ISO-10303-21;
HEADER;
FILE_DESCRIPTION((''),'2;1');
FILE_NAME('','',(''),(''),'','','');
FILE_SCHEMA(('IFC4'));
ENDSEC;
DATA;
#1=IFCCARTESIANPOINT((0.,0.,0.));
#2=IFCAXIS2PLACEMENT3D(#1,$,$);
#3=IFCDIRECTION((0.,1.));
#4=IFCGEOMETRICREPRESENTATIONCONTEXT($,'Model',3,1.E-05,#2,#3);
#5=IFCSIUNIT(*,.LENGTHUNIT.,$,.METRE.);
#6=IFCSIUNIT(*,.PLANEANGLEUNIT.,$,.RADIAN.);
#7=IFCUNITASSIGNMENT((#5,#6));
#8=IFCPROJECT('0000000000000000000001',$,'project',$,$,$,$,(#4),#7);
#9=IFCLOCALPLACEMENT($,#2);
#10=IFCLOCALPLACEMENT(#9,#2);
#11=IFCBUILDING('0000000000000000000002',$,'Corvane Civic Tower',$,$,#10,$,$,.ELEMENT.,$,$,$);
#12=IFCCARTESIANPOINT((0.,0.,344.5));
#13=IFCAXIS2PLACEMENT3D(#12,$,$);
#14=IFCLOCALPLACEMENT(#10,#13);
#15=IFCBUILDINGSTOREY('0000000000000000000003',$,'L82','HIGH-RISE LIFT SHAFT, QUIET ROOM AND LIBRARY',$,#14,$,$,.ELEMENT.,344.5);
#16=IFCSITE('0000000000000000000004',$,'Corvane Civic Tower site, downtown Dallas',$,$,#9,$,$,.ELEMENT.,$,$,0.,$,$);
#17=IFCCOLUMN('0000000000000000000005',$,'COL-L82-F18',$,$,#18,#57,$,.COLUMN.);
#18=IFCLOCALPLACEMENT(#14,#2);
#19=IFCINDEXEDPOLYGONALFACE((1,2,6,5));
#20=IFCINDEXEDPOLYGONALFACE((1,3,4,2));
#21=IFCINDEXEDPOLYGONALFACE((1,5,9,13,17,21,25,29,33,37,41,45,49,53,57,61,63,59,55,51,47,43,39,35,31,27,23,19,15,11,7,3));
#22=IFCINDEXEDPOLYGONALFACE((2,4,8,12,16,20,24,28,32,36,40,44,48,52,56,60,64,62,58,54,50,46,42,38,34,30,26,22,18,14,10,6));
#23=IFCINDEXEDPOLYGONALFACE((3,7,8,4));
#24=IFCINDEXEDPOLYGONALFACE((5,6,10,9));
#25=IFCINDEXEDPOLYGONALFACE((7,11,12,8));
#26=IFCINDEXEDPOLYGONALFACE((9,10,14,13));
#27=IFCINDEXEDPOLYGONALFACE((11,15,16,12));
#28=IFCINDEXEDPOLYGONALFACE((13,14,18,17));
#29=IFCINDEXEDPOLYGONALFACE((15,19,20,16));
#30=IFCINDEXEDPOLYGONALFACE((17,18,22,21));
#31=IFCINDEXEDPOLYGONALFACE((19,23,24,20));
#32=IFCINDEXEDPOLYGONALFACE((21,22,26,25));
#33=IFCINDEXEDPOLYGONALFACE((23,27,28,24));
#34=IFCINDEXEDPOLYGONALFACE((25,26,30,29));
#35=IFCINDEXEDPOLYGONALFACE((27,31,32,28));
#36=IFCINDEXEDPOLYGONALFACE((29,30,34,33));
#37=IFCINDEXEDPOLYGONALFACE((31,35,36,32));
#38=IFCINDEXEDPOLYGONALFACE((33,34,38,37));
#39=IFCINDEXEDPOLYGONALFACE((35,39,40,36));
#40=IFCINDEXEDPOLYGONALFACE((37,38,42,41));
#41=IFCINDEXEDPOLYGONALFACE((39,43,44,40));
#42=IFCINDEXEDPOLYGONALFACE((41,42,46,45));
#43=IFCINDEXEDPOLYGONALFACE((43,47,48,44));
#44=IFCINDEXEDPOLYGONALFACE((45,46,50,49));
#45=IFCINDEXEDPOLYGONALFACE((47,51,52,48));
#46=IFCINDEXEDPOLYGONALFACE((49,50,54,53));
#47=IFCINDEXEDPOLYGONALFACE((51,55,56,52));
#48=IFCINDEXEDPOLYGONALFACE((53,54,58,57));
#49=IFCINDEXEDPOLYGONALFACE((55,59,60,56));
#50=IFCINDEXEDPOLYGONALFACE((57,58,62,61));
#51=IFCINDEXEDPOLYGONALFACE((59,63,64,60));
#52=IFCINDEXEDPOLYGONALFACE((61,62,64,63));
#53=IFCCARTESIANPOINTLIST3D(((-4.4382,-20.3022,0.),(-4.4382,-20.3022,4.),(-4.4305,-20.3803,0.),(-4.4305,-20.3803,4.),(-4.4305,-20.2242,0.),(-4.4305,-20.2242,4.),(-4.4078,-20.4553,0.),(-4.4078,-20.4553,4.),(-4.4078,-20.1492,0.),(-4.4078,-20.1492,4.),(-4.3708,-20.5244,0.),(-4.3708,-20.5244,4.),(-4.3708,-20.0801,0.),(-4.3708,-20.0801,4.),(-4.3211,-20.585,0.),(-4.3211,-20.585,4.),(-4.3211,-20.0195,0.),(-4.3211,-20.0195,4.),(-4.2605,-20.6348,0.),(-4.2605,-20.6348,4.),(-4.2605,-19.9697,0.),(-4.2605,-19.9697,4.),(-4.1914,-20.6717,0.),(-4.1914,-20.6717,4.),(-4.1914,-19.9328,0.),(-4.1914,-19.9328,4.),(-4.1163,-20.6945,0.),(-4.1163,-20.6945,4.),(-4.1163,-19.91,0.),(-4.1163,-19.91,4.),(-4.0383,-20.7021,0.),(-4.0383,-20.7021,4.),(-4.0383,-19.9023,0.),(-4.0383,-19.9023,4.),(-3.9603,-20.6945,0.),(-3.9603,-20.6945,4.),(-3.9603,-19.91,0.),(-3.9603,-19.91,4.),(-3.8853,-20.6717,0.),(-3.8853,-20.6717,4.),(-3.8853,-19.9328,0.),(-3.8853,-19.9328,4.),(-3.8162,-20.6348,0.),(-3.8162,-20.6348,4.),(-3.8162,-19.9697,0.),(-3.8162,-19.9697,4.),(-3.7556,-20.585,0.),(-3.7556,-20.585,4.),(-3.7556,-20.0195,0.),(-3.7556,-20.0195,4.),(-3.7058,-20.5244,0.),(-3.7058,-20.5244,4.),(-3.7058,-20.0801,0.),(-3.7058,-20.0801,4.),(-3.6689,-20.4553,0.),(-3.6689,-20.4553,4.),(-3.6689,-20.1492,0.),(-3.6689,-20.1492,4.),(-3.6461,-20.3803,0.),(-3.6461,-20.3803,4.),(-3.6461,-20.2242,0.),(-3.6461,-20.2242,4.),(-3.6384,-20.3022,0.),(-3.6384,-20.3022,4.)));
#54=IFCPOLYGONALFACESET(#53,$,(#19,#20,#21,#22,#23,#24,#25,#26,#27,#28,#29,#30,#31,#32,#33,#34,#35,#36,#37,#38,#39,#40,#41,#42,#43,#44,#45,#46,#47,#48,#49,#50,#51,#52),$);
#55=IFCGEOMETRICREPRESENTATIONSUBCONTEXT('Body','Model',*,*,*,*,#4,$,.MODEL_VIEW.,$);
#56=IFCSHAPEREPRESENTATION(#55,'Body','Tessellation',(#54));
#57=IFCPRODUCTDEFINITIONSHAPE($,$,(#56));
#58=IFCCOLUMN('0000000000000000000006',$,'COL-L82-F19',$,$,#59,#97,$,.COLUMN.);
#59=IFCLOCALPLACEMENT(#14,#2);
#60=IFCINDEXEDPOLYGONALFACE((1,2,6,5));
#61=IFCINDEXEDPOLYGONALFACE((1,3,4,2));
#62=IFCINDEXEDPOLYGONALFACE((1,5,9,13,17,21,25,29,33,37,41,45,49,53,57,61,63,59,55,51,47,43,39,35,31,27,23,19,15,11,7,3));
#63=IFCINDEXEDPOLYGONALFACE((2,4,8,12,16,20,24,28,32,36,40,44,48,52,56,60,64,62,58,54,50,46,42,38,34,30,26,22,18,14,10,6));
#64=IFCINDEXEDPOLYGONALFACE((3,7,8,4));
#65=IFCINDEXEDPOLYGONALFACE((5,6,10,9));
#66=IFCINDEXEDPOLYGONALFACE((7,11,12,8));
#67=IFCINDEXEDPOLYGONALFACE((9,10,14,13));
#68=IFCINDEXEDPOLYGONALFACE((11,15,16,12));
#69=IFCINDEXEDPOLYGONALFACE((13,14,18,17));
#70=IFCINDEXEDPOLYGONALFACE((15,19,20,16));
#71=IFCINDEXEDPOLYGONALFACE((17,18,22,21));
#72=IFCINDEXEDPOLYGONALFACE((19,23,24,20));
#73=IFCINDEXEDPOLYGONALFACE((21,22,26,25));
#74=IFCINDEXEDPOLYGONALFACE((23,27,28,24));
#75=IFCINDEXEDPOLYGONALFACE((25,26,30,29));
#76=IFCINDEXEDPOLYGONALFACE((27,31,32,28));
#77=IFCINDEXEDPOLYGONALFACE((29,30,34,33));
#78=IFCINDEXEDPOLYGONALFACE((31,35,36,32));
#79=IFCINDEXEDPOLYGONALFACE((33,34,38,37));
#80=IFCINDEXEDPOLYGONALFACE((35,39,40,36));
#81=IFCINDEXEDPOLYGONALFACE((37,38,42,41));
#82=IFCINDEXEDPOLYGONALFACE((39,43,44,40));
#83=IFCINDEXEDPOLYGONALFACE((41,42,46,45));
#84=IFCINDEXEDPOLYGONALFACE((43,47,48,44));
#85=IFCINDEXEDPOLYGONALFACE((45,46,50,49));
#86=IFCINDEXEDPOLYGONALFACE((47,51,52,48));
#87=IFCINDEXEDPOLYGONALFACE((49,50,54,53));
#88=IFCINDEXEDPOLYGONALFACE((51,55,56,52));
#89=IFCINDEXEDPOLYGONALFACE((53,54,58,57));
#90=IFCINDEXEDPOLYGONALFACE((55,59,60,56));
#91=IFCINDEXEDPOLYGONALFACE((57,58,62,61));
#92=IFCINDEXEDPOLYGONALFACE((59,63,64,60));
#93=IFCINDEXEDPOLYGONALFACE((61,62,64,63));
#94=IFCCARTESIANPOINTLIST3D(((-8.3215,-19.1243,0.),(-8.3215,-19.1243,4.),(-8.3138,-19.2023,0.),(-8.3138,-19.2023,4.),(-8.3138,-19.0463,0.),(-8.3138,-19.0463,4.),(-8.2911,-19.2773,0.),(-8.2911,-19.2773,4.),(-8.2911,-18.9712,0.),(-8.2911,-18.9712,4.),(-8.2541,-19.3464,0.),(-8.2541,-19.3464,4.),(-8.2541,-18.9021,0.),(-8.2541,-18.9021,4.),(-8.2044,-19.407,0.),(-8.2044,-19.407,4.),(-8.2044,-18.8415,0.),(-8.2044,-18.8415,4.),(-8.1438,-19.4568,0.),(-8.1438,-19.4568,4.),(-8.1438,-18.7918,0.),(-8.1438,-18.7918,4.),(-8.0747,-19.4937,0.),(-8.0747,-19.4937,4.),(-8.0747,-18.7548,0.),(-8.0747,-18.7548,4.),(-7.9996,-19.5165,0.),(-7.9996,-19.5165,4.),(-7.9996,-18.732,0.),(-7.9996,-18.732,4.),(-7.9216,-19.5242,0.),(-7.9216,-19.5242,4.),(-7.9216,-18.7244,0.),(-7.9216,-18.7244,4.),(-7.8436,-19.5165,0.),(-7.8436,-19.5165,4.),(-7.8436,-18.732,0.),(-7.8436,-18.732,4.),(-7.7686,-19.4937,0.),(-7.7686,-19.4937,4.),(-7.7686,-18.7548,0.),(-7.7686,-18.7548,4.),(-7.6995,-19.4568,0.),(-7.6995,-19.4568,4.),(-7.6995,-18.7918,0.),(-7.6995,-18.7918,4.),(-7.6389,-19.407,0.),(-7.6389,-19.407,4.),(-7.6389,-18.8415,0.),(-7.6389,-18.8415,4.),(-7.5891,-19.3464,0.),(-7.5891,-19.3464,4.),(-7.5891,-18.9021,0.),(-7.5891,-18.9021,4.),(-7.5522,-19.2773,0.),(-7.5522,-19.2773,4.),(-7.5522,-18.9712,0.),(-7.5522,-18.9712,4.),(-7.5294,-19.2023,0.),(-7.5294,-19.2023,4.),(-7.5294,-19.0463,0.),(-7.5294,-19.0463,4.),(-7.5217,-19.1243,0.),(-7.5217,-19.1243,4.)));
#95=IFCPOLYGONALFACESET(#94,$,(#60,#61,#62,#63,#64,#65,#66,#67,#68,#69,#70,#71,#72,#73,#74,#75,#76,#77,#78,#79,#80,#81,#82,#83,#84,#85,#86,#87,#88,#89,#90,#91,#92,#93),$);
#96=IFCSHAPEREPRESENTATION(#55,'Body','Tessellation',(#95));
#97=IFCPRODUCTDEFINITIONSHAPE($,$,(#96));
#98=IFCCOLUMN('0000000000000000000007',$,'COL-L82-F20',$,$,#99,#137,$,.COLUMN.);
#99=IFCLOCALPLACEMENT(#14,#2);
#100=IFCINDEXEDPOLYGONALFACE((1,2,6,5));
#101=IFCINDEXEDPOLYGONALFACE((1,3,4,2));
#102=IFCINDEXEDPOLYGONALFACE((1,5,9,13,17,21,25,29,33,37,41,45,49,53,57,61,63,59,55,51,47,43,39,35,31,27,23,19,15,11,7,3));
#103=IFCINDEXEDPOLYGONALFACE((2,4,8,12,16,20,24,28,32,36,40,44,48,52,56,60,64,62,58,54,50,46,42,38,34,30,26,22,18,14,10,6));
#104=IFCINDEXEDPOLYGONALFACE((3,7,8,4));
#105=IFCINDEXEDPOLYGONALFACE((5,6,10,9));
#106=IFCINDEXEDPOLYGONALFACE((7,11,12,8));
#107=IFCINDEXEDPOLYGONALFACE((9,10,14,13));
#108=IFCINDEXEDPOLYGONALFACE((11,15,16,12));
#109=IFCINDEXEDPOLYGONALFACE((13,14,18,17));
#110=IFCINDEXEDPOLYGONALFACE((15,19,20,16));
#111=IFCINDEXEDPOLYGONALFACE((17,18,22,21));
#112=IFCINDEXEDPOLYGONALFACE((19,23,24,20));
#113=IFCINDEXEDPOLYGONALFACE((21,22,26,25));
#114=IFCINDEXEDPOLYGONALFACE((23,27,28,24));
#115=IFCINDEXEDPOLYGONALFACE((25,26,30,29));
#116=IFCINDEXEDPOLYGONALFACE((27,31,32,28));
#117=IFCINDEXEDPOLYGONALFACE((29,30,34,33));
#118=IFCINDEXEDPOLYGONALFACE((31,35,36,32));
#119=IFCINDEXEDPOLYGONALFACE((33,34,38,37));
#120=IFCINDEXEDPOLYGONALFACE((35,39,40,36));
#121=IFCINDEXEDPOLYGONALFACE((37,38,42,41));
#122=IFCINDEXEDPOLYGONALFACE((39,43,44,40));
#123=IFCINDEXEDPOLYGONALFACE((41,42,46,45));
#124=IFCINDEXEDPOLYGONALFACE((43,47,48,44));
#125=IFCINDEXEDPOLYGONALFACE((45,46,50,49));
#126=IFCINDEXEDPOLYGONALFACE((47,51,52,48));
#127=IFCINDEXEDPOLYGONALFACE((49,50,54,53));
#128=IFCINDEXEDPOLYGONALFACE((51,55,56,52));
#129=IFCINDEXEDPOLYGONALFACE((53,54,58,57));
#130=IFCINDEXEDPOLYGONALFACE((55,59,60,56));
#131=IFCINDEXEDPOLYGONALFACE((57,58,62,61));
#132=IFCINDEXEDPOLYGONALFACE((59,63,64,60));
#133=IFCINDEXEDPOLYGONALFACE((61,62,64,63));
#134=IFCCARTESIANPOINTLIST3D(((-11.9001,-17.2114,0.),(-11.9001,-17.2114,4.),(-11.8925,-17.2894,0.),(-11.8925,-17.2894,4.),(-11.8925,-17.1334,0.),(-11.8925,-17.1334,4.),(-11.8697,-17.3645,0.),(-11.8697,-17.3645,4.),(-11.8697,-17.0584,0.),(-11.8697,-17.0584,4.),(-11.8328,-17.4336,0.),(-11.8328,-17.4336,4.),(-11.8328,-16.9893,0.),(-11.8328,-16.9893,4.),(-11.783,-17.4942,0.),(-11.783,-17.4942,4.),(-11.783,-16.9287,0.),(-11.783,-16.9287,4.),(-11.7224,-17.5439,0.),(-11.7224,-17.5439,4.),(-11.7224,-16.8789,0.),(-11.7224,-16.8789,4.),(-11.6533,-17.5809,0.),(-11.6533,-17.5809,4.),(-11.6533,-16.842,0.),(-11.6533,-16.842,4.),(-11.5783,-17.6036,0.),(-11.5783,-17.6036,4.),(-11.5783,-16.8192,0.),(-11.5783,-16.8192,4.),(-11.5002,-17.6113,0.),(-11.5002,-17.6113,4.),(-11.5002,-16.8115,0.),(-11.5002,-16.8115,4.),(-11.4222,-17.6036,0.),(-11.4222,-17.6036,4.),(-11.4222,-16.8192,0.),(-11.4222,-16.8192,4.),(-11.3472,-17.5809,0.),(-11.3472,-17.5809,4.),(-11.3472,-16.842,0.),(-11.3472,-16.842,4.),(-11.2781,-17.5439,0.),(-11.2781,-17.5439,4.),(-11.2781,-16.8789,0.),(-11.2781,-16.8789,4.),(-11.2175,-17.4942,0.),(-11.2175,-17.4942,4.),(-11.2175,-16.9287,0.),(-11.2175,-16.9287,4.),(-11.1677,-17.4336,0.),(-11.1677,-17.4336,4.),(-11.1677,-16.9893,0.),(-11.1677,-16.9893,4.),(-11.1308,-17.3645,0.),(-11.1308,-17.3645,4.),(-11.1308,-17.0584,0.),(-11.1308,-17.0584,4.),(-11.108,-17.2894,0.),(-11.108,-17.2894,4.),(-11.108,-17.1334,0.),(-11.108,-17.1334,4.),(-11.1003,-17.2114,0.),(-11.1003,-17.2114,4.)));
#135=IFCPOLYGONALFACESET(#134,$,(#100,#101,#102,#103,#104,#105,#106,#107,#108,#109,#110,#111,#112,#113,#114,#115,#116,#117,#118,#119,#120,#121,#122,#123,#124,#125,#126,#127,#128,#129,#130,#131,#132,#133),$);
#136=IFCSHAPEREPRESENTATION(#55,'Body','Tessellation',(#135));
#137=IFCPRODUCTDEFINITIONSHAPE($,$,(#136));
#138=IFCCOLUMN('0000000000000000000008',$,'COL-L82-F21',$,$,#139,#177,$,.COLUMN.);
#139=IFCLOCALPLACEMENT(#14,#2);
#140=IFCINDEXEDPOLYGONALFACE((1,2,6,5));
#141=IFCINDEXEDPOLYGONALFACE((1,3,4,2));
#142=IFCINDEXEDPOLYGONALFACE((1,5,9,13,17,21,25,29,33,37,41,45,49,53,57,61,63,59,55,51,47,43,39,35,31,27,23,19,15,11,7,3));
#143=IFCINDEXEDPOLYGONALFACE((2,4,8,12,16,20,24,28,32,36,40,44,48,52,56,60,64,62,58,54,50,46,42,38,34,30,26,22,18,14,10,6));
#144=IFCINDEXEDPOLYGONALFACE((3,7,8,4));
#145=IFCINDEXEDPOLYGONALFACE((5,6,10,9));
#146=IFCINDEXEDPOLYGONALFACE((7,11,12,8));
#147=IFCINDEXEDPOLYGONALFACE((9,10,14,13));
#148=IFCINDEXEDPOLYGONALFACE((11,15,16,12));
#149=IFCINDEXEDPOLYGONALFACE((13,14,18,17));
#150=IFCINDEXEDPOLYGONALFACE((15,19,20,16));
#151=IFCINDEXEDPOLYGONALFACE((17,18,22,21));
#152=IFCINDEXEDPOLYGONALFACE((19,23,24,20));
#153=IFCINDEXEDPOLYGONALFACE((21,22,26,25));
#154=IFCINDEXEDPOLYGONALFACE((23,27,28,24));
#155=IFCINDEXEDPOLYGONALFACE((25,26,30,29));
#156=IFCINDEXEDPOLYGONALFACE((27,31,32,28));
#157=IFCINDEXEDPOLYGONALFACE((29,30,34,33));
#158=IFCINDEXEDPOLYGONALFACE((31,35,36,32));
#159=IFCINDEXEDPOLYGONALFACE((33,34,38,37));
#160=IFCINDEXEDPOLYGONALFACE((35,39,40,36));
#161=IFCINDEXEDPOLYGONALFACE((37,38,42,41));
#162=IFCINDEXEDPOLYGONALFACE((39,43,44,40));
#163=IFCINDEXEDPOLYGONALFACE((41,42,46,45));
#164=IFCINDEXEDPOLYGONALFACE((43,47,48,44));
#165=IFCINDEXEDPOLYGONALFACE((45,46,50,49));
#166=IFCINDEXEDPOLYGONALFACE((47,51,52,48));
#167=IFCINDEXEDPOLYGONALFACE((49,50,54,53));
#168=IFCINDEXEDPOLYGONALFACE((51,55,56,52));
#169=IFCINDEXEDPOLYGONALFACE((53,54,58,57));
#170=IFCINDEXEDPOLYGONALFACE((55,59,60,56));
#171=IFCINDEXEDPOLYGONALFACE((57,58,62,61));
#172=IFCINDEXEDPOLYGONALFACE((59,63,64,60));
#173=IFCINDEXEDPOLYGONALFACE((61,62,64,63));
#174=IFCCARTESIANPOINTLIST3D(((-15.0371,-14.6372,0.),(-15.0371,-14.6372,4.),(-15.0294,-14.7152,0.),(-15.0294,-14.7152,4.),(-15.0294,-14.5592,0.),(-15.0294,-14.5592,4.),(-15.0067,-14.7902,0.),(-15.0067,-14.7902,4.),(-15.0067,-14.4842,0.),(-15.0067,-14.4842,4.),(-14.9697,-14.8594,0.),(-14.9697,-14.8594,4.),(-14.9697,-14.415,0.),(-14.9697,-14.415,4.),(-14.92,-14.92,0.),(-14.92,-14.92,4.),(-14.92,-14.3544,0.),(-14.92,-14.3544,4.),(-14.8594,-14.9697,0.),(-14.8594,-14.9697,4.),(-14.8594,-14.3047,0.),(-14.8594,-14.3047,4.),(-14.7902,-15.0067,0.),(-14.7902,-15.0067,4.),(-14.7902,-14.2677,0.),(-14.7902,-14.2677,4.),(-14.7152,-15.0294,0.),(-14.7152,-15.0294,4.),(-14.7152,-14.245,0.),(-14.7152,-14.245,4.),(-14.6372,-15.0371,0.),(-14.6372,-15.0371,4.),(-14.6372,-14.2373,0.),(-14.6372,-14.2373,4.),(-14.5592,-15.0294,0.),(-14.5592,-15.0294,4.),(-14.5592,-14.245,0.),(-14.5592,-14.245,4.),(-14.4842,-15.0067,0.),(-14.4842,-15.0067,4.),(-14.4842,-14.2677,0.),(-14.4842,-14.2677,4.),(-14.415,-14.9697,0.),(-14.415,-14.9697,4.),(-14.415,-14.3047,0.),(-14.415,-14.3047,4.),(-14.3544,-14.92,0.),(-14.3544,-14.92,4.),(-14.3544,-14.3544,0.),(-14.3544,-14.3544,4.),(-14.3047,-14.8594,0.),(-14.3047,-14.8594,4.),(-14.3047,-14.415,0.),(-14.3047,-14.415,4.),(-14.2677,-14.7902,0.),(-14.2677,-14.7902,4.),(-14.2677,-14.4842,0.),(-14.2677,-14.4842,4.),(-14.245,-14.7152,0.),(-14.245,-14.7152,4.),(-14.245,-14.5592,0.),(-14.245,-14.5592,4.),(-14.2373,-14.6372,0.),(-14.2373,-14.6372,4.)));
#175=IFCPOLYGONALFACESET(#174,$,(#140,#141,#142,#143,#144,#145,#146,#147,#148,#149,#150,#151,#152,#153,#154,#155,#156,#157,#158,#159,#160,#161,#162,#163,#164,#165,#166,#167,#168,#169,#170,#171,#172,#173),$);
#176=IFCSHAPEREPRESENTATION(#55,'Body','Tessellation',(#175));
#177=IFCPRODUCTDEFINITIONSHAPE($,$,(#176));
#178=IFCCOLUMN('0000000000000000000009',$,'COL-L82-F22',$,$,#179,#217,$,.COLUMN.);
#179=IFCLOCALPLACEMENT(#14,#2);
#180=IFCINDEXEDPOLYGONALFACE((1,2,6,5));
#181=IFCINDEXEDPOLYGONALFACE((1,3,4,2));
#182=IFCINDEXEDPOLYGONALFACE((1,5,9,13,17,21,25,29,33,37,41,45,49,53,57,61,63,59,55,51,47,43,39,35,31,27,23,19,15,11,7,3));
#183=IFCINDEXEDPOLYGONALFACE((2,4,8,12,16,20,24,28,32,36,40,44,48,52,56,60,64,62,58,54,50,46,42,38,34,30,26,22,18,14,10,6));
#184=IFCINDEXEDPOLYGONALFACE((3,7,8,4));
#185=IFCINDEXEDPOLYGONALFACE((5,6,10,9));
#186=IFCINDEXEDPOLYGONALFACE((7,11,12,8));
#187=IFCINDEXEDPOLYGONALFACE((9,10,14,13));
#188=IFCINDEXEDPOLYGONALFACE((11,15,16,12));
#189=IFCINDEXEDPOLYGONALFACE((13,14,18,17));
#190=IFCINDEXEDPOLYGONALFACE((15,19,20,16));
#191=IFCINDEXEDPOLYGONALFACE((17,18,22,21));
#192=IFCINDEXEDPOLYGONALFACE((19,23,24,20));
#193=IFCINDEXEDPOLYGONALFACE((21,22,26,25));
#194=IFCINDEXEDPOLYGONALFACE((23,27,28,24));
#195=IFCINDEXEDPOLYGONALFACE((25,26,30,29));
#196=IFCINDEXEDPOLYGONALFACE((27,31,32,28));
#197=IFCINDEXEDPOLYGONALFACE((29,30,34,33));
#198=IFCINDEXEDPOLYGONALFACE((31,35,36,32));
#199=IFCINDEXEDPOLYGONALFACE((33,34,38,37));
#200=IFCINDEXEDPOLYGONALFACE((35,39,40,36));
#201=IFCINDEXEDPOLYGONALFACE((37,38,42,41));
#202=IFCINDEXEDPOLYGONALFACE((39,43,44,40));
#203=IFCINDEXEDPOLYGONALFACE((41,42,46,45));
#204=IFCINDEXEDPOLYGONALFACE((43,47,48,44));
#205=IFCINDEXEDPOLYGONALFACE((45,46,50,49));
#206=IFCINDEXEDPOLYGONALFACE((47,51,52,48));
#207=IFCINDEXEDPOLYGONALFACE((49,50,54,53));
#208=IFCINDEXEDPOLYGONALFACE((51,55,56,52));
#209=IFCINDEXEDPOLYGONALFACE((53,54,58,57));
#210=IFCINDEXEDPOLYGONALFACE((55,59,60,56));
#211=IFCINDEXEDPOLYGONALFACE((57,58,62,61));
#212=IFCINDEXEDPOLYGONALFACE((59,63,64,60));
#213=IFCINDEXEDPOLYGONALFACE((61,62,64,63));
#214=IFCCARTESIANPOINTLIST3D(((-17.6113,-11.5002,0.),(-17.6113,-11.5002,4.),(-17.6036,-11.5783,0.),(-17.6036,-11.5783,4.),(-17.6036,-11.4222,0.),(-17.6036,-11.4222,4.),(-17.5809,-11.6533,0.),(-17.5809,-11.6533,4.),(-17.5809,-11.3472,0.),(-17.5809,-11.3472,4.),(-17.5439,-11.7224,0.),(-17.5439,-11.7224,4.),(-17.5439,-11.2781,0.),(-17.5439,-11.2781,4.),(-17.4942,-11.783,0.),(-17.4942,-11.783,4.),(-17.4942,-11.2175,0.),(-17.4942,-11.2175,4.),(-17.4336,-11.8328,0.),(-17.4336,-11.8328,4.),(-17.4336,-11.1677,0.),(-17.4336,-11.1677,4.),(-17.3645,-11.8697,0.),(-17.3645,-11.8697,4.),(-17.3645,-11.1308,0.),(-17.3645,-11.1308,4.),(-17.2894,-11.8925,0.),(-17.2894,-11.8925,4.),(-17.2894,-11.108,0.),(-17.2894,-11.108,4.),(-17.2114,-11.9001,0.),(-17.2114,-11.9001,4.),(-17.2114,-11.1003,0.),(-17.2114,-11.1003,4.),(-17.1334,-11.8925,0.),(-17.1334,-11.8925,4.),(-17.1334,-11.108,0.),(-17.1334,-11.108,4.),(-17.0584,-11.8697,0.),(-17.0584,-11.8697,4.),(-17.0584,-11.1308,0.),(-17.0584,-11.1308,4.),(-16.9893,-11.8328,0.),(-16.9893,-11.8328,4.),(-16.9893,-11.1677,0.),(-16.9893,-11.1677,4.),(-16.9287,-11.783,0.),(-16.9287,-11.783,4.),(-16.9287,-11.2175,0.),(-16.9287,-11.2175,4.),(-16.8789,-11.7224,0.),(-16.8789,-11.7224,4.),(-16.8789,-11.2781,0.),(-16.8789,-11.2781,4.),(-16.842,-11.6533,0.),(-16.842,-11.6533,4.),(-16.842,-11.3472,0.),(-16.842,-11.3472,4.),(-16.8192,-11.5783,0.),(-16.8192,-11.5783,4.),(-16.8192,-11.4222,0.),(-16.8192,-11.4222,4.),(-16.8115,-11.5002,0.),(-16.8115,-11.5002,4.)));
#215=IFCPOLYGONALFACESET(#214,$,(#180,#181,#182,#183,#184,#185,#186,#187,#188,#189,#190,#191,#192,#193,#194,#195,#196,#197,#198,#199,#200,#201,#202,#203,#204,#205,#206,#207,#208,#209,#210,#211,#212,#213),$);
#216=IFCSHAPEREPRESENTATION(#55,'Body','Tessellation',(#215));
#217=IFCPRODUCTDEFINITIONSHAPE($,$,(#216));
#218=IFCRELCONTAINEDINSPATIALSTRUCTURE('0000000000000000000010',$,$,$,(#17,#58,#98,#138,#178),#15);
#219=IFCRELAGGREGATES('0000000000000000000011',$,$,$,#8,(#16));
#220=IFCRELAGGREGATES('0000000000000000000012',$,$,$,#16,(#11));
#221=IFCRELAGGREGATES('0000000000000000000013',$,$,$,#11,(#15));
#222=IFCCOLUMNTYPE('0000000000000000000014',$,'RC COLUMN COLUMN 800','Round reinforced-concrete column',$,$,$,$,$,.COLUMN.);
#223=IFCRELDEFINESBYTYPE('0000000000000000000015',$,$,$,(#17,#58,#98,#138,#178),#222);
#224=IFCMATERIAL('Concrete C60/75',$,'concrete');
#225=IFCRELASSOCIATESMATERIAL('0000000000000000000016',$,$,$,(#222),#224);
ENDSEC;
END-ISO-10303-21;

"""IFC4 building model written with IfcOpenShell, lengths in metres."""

from ifc_helpers import new_model, si_unit, direction, frame, origin, origin_2d, place, context, subcontext, project, spatial, circle, extrude, material, material_profile, profile_set, type_object, element, save


model = new_model("IFC4")

# Units and contexts
model_context = context("Model", 3, precision=1e-05, world=origin(), true_north=direction((0.0, 1.0)))
body_context = subcontext(model_context, "Body", "Model", "MODEL_VIEW")
ifc_project = project(units=[si_unit("LENGTHUNIT", "METRE"), si_unit("PLANEANGLEUNIT", "RADIAN")], contexts=[model_context])

# Site, building, storey
site_placement = place(None, origin())
site = spatial("IfcSite", under=ifc_project, at=site_placement, Name="Corvane Civic Tower site, downtown Dallas", CompositionType="ELEMENT", RefElevation=0.0)
building_placement = place(site_placement, origin())
building = spatial("IfcBuilding", under=site, at=building_placement, Name="Corvane Civic Tower", CompositionType="ELEMENT")
storey_placement = place(building_placement, frame((0.0, 0.0, 344.5)))
storey = spatial("IfcBuildingStorey", under=building, at=storey_placement, Name="L82", Description="HIGH-RISE LIFT SHAFT, QUIET ROOM AND LIBRARY", CompositionType="ELEMENT", Elevation=344.5)

# Columns
ifc_material_1 = material(Name="Concrete C60/75", Category="concrete")
ifc_material_profile_1 = material_profile(ifc_material_1, circle(Radius=0.3999, at=origin_2d()), Name="COLUMN 800")
ifc_profile_set_1 = profile_set([ifc_material_profile_1], Name="Concrete C60/75")
column_type = type_object("IfcColumnType", Name="RC COLUMN COLUMN 800", Description="Round reinforced-concrete column", PredefinedType="COLUMN", material=ifc_profile_set_1)
for number, where, z_axis, x_axis, name in (
    (1, (-4.0383, -20.3022, 0.0), (0.0, 0.0, 1.0), (1.0, 0.0, 0.0), "COL-L82-F18"),
    (2, (-7.9216, -19.1243, 0.0), (0.0, 0.0, 1.0), (1.0, 0.0, 0.0), "COL-L82-F19"),
    (3, (-11.5002, -17.2114, 0.0), (0.0, 0.0, 1.0), (1.0, 0.0, 0.0), "COL-L82-F20"),
    (4, (-14.6372, -14.6372, 0.0), (0.0, 0.0, 1.0), (1.0, 0.0, 0.0), "COL-L82-F21"),
    (5, (-17.2114, -11.5002, 0.0), (0.0, 0.0, 1.0), (1.0, 0.0, 0.0), "COL-L82-F22"),
):
    element("IfcColumn", number, at=place(storey_placement, frame(where, z_axis=z_axis, x_axis=x_axis)), inside=storey, type_object=column_type, Name=name, PredefinedType="COLUMN", context=body_context, shape_type="SweptSolid", body=[
        extrude(circle(Radius=0.3999, at=origin_2d()), origin(), (0.0, 0.0, 1.0), 4.0),
    ])

save(model, "model.ifc")
